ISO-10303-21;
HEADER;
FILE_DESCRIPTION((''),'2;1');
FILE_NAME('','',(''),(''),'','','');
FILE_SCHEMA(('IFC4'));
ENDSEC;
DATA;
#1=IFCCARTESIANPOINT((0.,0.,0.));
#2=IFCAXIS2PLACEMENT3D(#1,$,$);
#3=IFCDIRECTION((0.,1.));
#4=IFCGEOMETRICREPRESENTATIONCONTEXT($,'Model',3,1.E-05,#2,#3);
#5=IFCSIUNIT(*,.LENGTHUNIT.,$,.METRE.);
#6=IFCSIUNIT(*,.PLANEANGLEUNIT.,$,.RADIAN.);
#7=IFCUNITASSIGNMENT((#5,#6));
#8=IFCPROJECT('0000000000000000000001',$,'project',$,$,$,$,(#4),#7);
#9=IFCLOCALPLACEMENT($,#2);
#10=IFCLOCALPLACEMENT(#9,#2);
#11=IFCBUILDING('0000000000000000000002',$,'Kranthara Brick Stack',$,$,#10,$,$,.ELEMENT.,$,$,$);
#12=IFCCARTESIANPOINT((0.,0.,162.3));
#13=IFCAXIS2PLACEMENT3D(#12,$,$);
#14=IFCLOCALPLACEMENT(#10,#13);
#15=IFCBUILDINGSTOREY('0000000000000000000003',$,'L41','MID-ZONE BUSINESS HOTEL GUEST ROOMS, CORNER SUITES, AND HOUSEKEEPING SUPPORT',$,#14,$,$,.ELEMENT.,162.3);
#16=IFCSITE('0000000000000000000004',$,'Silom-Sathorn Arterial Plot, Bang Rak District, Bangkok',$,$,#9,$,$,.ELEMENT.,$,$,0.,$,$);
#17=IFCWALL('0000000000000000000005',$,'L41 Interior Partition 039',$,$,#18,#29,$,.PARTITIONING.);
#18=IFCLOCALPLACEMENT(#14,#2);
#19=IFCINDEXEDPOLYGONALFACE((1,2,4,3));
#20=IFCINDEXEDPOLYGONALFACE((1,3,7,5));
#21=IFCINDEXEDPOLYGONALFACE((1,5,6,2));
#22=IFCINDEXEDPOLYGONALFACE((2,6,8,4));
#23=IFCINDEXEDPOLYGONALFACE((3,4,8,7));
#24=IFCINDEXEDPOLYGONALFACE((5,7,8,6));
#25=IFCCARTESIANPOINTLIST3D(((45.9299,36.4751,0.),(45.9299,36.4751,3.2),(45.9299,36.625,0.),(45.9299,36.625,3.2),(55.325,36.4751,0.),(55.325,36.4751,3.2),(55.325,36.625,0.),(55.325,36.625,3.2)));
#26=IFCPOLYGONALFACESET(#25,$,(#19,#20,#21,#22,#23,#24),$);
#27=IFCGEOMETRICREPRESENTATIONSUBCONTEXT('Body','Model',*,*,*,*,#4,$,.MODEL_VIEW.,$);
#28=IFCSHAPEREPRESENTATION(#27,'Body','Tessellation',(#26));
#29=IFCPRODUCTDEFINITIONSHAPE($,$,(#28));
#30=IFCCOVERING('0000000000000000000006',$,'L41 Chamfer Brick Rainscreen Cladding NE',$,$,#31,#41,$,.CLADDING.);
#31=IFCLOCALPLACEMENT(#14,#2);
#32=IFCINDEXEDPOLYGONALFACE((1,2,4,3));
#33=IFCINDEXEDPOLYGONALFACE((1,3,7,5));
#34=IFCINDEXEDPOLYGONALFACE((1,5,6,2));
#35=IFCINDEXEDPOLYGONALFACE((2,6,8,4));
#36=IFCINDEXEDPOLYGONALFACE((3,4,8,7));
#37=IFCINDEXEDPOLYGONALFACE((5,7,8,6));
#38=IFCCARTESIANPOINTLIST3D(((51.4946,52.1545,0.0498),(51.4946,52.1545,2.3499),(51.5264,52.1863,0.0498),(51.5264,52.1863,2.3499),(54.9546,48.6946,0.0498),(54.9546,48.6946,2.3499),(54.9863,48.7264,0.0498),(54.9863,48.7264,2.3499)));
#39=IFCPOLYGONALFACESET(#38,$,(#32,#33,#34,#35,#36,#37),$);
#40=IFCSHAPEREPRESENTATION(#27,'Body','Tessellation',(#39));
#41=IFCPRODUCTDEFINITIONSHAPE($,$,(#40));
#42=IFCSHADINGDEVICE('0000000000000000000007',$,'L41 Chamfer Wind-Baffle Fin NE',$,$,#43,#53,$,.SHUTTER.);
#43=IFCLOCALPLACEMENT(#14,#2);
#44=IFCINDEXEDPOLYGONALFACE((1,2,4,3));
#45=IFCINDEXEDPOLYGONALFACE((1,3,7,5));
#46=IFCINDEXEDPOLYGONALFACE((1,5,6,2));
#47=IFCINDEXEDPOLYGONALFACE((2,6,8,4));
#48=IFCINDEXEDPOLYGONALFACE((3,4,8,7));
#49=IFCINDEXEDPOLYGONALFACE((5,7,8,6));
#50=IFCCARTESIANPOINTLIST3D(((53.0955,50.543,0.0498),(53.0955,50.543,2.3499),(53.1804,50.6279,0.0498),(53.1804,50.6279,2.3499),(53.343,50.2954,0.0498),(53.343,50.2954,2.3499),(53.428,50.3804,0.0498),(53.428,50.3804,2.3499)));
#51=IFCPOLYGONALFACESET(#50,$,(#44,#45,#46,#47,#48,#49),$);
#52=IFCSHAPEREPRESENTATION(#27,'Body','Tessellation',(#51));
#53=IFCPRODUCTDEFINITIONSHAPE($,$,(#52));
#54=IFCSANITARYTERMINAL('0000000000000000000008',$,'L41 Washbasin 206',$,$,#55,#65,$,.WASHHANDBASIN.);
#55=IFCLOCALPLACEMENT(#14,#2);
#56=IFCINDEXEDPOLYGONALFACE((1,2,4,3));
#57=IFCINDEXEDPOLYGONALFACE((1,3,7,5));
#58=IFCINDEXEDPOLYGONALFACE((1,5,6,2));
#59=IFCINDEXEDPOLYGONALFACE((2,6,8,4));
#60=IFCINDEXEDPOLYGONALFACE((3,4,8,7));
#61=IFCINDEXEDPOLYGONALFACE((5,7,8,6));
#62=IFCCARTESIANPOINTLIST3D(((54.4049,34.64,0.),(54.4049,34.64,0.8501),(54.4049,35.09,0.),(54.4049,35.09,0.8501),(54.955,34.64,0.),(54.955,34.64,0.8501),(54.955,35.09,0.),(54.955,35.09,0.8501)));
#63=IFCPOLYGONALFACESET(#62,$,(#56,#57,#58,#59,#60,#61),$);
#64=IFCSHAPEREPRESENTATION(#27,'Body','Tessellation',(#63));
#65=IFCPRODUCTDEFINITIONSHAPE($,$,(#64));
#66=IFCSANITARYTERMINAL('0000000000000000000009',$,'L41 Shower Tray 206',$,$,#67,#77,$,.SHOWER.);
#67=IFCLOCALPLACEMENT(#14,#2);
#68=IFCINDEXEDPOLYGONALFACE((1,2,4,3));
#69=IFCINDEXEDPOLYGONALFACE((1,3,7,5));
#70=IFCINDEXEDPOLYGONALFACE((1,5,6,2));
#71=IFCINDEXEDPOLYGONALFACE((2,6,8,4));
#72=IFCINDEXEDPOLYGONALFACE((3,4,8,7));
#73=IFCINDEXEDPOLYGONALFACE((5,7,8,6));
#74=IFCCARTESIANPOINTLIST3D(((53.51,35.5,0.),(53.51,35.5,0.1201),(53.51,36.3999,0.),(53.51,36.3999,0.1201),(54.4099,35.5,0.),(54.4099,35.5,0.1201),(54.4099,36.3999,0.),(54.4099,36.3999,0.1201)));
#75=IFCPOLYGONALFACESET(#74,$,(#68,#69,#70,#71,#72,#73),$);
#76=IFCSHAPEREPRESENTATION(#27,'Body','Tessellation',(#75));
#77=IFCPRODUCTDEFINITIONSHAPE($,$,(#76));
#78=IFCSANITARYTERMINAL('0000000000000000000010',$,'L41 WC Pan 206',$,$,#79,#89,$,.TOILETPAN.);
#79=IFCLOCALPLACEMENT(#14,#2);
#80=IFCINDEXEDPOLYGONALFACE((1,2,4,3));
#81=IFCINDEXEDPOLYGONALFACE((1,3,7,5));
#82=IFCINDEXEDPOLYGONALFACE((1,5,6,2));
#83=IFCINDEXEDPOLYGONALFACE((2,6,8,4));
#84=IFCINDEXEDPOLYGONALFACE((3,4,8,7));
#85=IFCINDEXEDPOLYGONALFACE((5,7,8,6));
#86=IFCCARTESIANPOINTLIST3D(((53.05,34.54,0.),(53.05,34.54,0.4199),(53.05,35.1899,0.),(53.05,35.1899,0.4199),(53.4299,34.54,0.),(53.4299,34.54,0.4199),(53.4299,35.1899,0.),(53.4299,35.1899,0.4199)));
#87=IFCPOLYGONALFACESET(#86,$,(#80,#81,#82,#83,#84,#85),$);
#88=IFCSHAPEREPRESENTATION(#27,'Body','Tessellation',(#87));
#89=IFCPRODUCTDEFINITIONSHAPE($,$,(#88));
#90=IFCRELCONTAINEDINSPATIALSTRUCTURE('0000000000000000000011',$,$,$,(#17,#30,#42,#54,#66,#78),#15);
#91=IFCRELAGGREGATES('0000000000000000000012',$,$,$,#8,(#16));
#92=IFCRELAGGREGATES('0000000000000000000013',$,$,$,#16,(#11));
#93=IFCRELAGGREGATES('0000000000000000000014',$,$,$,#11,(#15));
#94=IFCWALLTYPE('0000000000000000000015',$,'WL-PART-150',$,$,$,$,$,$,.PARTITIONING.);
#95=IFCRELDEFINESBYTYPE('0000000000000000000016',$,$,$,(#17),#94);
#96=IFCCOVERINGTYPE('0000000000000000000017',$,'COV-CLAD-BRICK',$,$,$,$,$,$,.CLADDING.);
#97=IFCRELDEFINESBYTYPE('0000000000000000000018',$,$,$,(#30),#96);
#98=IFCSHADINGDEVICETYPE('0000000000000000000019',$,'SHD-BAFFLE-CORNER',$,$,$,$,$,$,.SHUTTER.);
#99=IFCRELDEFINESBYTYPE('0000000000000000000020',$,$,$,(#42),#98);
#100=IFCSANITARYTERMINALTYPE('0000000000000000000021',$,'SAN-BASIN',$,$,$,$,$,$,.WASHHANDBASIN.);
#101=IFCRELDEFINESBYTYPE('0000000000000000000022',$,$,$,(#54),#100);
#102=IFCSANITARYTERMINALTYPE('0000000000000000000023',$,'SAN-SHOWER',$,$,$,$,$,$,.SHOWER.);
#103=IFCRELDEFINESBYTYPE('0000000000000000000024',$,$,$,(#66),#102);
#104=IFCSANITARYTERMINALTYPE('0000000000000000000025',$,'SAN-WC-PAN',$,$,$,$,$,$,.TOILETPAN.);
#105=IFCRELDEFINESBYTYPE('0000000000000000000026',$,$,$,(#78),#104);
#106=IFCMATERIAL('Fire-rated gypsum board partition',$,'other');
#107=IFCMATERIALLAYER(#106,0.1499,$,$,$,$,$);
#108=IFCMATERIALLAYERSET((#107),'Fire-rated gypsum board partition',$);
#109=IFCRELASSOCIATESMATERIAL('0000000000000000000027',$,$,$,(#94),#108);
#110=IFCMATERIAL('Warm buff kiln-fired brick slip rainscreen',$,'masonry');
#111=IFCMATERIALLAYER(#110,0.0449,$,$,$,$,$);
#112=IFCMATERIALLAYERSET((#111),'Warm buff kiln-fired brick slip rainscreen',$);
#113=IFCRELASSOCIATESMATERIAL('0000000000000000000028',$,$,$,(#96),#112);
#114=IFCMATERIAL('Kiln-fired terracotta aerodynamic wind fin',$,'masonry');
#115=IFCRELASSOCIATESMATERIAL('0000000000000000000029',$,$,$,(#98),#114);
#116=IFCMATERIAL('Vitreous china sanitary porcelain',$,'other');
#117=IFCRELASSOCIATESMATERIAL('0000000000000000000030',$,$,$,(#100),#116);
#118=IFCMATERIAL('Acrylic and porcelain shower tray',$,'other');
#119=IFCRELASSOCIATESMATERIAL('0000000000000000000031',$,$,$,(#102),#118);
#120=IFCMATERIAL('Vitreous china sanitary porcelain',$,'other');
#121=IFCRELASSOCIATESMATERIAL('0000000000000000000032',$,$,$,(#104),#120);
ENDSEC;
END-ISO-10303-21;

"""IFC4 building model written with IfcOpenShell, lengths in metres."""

from ifc_helpers import new_model, si_unit, direction, frame, frame_2d, origin, origin_2d, place, context, subcontext, project, spatial, rectangle, extrude, material, layer, layer_set, type_object, element, save


model = new_model("IFC4")

# Units and contexts
model_context = context("Model", 3, precision=1e-05, world=origin(), true_north=direction((0.0, 1.0)))
body_context = subcontext(model_context, "Body", "Model", "MODEL_VIEW")
ifc_project = project(units=[si_unit("LENGTHUNIT", "METRE"), si_unit("PLANEANGLEUNIT", "RADIAN")], contexts=[model_context])

# Site, building, storey
site_placement = place(None, origin())
site = spatial("IfcSite", under=ifc_project, at=site_placement, Name="Silom-Sathorn Arterial Plot, Bang Rak District, Bangkok", CompositionType="ELEMENT", RefElevation=0.0)
building_placement = place(site_placement, origin())
building = spatial("IfcBuilding", under=site, at=building_placement, Name="Kranthara Brick Stack", CompositionType="ELEMENT")
storey_placement = place(building_placement, frame((0.0, 0.0, 162.3)))
storey = spatial("IfcBuildingStorey", under=building, at=storey_placement, Name="L41", Description="MID-ZONE BUSINESS HOTEL GUEST ROOMS, CORNER SUITES, AND HOUSEKEEPING SUPPORT", CompositionType="ELEMENT", Elevation=162.3)

# Wall
ifc_material_1 = material(Name="Fire-rated gypsum board partition", Category="other")
ifc_layer_1 = layer(ifc_material_1, 0.1499)
ifc_layer_set_1 = layer_set([ifc_layer_1], Name="Fire-rated gypsum board partition")
wall_type_1 = type_object("IfcWallType", Name="WL-PART-150", PredefinedType="PARTITIONING", material=ifc_layer_set_1)
wall_1_placement = place(storey_placement, frame((45.9299, 36.55, 0.0), z_axis=(0.0, 0.0, 1.0), x_axis=(1.0, 0.0, 0.0)))
element("IfcWall", 1, at=wall_1_placement, inside=storey, type_object=wall_type_1, Name="L41 Interior Partition 039", PredefinedType="PARTITIONING", context=body_context, shape_type="SweptSolid", body=[
    extrude(rectangle(XDim=9.395, YDim=0.1499, at=frame_2d((4.6975, 0.0))), origin(), (0.0, 0.0, 1.0), 3.2),
])

# Covering
ifc_material_2 = material(Name="Warm buff kiln-fired brick slip rainscreen", Category="masonry")
ifc_layer_2 = layer(ifc_material_2, 0.0449)
ifc_layer_set_2 = layer_set([ifc_layer_2], Name="Warm buff kiln-fired brick slip rainscreen")
covering_type = type_object("IfcCoveringType", Name="COV-CLAD-BRICK", PredefinedType="CLADDING", material=ifc_layer_set_2)
covering_placement = place(storey_placement, frame((53.2405, 50.4404, 0.0498), z_axis=(0.0, 0.0, 1.0), x_axis=(0.707107, -0.707107, 0.0)))
element("IfcCovering", 2, at=covering_placement, inside=storey, type_object=covering_type, Name="L41 Chamfer Brick Rainscreen Cladding NE", PredefinedType="CLADDING", context=body_context, shape_type="SweptSolid", body=[
    extrude(rectangle(XDim=4.8931, YDim=0.0449, at=origin_2d()), origin(), (0.0, 0.0, 1.0), 2.3),
])

# Shading device
ifc_material_3 = material(Name="Kiln-fired terracotta aerodynamic wind fin", Category="masonry")
shading_device_type = type_object("IfcShadingDeviceType", Name="SHD-BAFFLE-CORNER", PredefinedType="SHUTTER", material=ifc_material_3)
shading_device_placement = place(storey_placement, frame((53.2617, 50.4617, 0.0498), z_axis=(0.0, 0.0, 1.0), x_axis=(0.707107, -0.707107, 0.0)))
element("IfcShadingDevice", 3, at=shading_device_placement, inside=storey, type_object=shading_device_type, Name="L41 Chamfer Wind-Baffle Fin NE", PredefinedType="SHUTTER", context=body_context, shape_type="SweptSolid", body=[
    extrude(rectangle(XDim=0.3501, YDim=0.1201, at=origin_2d()), origin(), (0.0, 0.0, 1.0), 2.3),
])

# Sanitary terminals
ifc_material_4 = material(Name="Vitreous china sanitary porcelain", Category="other")
sanitary_terminal_type_1 = type_object("IfcSanitaryTerminalType", Name="SAN-BASIN", PredefinedType="WASHHANDBASIN", material=ifc_material_4)
sanitary_terminal_1_placement = place(storey_placement, frame((54.6799, 34.865, 0.0), z_axis=(0.0, 0.0, 1.0), x_axis=(1.0, 0.0, 0.0)))
element("IfcSanitaryTerminal", 4, at=sanitary_terminal_1_placement, inside=storey, type_object=sanitary_terminal_type_1, Name="L41 Washbasin 206", PredefinedType="WASHHANDBASIN", context=body_context, shape_type="SweptSolid", body=[
    extrude(rectangle(XDim=0.55, YDim=0.45, at=origin_2d()), origin(), (0.0, 0.0, 1.0), 0.8501),
])
ifc_material_5 = material(Name="Acrylic and porcelain shower tray", Category="other")
sanitary_terminal_type_2 = type_object("IfcSanitaryTerminalType", Name="SAN-SHOWER", PredefinedType="SHOWER", material=ifc_material_5)
sanitary_terminal_2_placement = place(storey_placement, frame((53.96, 35.95, 0.0), z_axis=(0.0, 0.0, 1.0), x_axis=(1.0, 0.0, 0.0)))
element("IfcSanitaryTerminal", 5, at=sanitary_terminal_2_placement, inside=storey, type_object=sanitary_terminal_type_2, Name="L41 Shower Tray 206", PredefinedType="SHOWER", context=body_context, shape_type="SweptSolid", body=[
    extrude(rectangle(XDim=0.8999, YDim=0.8999, at=origin_2d()), origin(), (0.0, 0.0, 1.0), 0.1201),
])
ifc_material_6 = material(Name="Vitreous china sanitary porcelain", Category="other")
sanitary_terminal_type_3 = type_object("IfcSanitaryTerminalType", Name="SAN-WC-PAN", PredefinedType="TOILETPAN", material=ifc_material_6)
sanitary_terminal_3_placement = place(storey_placement, frame((53.24, 34.865, 0.0), z_axis=(0.0, 0.0, 1.0), x_axis=(1.0, 0.0, 0.0)))
element("IfcSanitaryTerminal", 6, at=sanitary_terminal_3_placement, inside=storey, type_object=sanitary_terminal_type_3, Name="L41 WC Pan 206", PredefinedType="TOILETPAN", context=body_context, shape_type="SweptSolid", body=[
    extrude(rectangle(XDim=0.3799, YDim=0.6499, at=origin_2d()), origin(), (0.0, 0.0, 1.0), 0.4199),
])

save(model, "model.ifc")
